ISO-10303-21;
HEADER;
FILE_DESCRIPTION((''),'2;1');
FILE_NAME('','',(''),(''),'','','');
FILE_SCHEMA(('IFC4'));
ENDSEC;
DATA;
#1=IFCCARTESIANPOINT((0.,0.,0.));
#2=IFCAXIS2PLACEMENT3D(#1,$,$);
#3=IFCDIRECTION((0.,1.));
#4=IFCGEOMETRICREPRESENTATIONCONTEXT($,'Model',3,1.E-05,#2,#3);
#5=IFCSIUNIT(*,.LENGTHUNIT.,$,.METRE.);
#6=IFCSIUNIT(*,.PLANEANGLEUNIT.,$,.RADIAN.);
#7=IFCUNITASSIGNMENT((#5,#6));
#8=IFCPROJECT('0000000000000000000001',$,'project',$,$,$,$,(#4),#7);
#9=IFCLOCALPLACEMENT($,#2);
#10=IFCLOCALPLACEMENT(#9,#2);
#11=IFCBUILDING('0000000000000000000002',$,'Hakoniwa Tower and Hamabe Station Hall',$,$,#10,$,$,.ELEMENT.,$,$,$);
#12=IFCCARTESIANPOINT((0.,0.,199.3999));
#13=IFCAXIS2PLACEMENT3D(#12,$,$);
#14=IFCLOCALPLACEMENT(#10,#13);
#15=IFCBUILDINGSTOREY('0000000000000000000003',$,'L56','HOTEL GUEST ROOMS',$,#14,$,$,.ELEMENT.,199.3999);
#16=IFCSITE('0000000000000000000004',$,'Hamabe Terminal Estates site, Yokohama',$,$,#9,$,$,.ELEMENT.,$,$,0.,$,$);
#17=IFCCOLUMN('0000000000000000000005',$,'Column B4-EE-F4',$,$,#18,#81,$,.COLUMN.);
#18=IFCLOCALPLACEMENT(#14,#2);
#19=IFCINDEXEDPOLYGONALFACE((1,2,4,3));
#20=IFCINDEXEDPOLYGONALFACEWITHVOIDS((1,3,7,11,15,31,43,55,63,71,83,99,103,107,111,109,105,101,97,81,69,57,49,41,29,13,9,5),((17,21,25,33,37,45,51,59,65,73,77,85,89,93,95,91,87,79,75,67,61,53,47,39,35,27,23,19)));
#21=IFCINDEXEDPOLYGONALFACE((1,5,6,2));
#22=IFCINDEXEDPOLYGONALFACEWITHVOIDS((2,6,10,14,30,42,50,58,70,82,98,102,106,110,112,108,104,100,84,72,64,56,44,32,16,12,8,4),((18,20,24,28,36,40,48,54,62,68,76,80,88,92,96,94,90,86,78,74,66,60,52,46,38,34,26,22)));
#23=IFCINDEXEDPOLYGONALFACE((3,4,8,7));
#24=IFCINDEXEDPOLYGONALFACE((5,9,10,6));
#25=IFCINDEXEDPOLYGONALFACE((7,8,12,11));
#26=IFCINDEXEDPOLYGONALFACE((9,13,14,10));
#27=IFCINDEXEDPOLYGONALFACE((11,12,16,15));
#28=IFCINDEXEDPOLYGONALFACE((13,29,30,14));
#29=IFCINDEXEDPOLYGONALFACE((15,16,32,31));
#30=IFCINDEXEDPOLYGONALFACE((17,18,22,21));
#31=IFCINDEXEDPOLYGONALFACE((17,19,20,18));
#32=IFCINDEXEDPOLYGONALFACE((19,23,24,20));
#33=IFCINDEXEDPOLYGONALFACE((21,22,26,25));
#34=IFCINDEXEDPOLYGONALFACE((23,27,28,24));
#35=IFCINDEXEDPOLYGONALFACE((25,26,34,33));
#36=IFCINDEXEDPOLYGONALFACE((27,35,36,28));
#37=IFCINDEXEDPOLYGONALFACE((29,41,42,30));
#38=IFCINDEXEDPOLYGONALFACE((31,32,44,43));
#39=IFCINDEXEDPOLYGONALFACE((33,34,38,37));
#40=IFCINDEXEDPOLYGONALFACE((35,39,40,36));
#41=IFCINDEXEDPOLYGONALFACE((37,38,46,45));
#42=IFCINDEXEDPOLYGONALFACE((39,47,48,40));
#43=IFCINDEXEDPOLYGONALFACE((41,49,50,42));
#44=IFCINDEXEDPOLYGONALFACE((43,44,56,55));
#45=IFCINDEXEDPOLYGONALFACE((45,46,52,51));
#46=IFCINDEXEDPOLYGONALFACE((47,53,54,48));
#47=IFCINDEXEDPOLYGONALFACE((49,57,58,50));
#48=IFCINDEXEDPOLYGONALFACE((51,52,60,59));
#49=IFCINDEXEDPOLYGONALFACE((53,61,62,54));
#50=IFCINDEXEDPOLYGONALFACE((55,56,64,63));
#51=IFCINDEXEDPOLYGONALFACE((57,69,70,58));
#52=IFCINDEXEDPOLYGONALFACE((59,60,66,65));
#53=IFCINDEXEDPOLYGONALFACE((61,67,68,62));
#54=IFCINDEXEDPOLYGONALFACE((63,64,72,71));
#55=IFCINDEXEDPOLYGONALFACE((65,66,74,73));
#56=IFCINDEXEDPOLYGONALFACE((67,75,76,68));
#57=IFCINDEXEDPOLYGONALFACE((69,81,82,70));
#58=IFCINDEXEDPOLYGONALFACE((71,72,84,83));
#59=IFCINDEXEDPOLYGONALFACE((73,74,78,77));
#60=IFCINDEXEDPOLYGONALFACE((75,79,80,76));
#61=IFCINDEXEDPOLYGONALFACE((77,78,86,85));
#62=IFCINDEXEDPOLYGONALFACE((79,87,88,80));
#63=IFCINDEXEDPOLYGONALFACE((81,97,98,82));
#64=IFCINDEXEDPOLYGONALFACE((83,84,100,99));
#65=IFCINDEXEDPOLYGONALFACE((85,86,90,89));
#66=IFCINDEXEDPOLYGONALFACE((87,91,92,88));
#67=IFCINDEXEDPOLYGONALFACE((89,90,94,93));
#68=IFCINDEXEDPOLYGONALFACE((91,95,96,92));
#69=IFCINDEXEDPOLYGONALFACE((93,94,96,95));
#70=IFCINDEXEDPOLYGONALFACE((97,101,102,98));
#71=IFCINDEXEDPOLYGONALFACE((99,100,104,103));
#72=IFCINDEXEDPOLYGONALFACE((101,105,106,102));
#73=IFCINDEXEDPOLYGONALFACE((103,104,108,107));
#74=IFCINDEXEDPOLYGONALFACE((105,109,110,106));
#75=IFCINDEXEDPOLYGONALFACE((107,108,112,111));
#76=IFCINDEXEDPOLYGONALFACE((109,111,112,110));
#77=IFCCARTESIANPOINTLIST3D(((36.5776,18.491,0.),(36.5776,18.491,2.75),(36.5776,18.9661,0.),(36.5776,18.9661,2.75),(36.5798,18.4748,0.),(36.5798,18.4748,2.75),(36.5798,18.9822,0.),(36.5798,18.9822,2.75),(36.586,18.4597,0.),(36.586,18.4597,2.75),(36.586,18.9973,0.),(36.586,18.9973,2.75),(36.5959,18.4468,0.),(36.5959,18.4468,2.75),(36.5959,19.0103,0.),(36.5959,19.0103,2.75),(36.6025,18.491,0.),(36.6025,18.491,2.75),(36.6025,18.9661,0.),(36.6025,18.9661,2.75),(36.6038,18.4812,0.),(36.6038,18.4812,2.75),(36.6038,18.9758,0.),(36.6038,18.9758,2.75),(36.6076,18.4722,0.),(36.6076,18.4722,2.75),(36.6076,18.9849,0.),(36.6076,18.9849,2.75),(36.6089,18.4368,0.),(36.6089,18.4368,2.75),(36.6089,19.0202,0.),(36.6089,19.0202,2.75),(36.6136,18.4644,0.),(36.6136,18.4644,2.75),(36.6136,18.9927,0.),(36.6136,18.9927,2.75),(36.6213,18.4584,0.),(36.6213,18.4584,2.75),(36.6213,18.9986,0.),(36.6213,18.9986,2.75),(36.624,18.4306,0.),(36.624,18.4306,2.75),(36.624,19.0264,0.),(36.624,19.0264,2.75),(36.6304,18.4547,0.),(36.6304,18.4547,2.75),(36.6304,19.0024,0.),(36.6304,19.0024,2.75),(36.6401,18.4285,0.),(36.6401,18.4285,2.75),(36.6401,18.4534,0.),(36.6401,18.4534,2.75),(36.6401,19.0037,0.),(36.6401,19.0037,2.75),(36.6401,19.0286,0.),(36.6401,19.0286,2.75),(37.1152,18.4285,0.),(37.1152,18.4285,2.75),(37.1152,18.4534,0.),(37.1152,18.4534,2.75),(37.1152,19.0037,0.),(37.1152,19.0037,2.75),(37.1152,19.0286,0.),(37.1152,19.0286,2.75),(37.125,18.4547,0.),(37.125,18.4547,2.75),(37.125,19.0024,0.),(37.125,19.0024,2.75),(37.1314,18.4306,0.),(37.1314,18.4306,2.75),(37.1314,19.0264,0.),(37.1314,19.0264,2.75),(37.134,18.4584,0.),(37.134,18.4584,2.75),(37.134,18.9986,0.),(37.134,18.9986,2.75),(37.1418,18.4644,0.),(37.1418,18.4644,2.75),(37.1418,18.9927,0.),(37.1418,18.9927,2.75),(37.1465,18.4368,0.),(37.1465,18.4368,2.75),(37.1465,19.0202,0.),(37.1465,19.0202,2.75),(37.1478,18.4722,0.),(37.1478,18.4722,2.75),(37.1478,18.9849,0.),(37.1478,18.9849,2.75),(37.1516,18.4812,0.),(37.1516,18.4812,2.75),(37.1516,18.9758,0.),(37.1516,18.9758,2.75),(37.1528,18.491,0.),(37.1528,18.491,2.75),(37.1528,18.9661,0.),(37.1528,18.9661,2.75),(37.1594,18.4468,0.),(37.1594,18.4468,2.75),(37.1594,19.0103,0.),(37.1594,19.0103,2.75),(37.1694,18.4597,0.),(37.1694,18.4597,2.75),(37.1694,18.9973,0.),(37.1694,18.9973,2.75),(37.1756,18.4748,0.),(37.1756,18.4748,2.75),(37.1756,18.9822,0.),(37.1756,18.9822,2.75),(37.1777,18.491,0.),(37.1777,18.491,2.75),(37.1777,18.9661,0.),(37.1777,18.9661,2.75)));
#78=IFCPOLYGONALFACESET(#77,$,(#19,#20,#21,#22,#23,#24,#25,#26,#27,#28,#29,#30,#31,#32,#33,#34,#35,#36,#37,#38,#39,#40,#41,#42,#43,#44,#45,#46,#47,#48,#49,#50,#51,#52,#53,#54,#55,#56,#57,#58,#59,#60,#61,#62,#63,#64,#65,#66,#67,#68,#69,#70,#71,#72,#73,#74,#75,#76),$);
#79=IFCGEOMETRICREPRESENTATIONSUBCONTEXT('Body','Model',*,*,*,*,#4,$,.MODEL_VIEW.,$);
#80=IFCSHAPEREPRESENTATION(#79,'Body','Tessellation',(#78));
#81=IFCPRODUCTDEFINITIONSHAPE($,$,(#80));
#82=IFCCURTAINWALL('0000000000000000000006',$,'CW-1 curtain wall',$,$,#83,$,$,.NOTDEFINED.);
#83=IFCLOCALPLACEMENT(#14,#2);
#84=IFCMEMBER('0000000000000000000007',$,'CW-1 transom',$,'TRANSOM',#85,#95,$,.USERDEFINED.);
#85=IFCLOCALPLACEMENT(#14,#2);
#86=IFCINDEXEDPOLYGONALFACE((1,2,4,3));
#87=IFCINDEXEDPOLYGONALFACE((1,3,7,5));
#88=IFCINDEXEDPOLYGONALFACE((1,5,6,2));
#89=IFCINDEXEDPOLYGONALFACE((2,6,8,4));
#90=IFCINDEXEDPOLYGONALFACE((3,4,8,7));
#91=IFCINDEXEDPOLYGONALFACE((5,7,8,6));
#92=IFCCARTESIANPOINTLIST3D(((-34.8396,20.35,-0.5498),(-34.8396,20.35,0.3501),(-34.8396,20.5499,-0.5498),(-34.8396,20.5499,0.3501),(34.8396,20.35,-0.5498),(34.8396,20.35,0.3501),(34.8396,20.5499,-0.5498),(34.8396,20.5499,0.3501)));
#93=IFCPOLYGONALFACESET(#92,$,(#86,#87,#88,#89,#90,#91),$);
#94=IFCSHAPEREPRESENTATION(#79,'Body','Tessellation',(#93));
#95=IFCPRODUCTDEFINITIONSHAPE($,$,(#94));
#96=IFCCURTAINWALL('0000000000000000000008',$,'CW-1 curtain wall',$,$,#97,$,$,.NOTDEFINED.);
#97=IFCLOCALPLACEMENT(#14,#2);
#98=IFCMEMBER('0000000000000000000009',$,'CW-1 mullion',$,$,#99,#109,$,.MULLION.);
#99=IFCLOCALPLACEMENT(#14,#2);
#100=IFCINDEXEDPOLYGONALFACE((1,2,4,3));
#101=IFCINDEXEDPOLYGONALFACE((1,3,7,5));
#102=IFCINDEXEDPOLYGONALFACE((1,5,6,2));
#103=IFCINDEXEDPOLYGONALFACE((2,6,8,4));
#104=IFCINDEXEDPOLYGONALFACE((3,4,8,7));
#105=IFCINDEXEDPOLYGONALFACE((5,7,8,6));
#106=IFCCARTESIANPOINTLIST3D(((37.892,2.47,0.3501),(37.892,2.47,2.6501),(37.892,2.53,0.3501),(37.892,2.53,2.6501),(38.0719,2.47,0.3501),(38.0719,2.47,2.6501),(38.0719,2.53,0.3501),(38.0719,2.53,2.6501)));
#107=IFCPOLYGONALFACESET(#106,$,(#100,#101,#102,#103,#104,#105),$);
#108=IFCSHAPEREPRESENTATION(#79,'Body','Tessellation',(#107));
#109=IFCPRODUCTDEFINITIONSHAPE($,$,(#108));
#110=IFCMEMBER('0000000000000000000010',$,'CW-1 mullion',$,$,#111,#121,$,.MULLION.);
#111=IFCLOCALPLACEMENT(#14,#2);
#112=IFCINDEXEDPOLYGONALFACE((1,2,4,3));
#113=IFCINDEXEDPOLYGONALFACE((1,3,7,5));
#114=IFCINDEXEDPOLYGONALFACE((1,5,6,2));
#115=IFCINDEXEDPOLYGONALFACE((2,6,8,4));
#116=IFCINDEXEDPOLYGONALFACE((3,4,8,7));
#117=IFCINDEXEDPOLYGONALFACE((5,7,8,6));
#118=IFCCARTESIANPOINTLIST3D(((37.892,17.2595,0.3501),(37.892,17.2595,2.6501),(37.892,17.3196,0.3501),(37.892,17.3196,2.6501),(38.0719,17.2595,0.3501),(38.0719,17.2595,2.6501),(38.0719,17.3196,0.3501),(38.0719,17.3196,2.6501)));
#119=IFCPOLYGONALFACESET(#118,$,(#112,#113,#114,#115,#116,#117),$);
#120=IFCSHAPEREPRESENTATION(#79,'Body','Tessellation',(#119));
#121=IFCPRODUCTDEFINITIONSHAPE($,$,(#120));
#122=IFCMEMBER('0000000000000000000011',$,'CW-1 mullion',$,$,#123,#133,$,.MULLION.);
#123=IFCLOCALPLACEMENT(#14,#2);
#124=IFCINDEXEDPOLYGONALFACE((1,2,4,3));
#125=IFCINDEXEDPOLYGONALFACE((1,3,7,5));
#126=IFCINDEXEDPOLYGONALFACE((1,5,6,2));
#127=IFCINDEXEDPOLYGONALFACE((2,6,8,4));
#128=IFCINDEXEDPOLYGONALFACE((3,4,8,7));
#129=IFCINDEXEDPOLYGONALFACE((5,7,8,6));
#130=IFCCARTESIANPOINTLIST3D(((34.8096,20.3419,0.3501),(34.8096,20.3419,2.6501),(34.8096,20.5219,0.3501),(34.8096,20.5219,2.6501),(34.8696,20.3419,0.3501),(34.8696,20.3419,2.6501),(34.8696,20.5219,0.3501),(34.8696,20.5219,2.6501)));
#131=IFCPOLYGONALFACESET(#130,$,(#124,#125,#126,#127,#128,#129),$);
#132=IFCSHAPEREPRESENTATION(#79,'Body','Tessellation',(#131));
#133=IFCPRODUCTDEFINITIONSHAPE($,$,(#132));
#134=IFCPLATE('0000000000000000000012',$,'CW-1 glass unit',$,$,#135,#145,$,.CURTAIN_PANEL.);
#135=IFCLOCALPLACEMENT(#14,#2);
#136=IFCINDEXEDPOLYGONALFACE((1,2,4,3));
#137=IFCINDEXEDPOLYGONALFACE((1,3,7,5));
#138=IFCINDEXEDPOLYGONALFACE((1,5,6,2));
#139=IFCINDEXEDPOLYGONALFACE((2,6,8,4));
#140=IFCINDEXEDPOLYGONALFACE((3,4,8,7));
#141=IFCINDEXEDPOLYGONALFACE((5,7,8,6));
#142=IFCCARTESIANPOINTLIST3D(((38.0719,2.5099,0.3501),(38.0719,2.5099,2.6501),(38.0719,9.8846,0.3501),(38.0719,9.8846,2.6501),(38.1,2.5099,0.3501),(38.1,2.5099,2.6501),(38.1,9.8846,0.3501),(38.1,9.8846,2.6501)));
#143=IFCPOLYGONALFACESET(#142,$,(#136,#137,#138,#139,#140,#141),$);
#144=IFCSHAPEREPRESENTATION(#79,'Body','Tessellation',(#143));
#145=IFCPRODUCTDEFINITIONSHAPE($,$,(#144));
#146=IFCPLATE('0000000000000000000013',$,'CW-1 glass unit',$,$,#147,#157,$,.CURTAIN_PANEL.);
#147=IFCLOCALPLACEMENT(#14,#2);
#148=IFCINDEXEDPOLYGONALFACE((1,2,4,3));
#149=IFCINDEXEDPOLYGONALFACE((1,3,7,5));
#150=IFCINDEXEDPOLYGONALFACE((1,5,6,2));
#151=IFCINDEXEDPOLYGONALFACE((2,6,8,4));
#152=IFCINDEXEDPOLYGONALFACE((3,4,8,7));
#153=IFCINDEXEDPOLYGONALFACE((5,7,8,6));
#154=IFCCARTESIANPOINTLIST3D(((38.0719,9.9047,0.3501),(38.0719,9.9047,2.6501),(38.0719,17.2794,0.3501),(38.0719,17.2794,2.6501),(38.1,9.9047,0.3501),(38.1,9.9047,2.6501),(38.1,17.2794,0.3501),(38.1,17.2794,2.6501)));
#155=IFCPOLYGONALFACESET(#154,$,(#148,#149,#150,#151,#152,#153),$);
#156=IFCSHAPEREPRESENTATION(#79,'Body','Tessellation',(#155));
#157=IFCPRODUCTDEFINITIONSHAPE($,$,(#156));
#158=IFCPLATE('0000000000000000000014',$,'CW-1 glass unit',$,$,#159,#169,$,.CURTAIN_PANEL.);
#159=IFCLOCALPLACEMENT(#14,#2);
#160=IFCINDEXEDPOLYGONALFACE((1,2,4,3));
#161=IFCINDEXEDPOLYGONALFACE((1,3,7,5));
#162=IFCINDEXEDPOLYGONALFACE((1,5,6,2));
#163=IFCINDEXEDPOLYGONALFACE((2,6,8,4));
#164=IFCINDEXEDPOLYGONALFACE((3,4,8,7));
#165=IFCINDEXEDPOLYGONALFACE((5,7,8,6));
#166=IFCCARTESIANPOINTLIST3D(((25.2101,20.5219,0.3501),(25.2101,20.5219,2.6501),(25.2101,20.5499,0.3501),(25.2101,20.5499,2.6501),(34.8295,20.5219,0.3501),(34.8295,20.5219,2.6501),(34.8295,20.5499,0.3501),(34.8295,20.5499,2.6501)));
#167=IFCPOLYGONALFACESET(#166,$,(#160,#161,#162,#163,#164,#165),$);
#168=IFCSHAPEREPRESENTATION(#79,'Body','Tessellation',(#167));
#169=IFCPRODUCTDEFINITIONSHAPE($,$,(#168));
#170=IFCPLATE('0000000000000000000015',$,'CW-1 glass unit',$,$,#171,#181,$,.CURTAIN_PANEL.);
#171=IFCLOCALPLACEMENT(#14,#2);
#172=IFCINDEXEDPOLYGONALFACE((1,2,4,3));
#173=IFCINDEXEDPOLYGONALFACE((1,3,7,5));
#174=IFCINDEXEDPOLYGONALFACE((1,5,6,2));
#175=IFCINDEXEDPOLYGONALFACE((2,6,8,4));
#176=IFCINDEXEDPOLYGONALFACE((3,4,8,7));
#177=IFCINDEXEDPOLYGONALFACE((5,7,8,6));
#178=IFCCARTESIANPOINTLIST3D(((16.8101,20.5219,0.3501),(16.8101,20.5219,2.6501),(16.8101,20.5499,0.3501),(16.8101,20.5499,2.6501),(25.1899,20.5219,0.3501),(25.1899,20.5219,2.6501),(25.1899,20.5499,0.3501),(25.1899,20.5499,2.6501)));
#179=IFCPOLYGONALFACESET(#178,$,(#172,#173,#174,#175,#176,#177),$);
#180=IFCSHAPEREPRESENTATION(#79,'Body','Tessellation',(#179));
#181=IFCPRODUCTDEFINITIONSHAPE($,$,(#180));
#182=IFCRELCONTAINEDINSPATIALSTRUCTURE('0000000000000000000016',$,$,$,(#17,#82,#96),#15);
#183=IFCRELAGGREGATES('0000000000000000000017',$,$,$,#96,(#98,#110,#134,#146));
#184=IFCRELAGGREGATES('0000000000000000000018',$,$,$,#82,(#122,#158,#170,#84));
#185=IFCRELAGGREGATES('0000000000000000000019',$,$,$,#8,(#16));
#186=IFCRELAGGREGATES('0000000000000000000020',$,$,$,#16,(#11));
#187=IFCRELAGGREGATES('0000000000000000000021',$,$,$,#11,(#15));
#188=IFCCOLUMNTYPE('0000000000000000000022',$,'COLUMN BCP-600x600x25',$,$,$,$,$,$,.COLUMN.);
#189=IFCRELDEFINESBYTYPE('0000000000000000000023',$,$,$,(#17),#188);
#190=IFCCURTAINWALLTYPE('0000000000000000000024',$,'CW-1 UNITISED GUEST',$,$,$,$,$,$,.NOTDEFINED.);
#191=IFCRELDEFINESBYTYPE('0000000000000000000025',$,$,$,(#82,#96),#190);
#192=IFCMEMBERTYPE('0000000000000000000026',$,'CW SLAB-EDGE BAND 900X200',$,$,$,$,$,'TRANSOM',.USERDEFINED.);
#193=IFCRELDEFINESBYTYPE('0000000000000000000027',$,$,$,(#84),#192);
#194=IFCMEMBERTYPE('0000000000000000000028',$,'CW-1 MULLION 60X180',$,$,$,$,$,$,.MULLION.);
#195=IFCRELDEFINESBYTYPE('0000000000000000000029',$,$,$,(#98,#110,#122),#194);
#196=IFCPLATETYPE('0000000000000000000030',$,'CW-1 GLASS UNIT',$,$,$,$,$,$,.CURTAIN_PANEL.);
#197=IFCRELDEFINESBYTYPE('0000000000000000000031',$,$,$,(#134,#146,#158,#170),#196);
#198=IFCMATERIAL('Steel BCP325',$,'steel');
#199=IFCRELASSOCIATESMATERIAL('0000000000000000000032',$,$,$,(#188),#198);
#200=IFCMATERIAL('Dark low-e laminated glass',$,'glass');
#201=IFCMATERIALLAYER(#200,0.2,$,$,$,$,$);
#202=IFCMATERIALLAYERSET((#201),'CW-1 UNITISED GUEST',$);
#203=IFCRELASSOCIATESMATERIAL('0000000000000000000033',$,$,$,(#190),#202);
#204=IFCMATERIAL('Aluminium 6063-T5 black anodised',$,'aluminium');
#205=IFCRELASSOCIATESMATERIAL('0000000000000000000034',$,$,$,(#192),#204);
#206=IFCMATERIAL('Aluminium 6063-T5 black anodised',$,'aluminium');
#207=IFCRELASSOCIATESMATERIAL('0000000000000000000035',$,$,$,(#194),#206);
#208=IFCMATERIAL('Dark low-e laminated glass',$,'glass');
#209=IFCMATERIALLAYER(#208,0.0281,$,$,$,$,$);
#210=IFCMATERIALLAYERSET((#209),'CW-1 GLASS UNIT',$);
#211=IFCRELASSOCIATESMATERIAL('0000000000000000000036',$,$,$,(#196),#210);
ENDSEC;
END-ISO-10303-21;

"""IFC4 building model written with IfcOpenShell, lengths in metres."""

from ifc_helpers import new_model, si_unit, direction, frame, origin, origin_2d, place, context, subcontext, project, spatial, rectangle, hollow_rectangle, extrude, material, layer, layer_set, material_profile, profile_set, type_object, element, aggregate, save


model = new_model("IFC4")

# Units and contexts
model_context = context("Model", 3, precision=1e-05, world=origin(), true_north=direction((0.0, 1.0)))
body_context = subcontext(model_context, "Body", "Model", "MODEL_VIEW")
ifc_project = project(units=[si_unit("LENGTHUNIT", "METRE"), si_unit("PLANEANGLEUNIT", "RADIAN")], contexts=[model_context])

# Site, building, storey
site_placement = place(None, origin())
site = spatial("IfcSite", under=ifc_project, at=site_placement, Name="Hamabe Terminal Estates site, Yokohama", CompositionType="ELEMENT", RefElevation=0.0)
building_placement = place(site_placement, origin())
building = spatial("IfcBuilding", under=site, at=building_placement, Name="Hakoniwa Tower and Hamabe Station Hall", CompositionType="ELEMENT")
storey_placement = place(building_placement, frame((0.0, 0.0, 199.3999)))
storey = spatial("IfcBuildingStorey", under=building, at=storey_placement, Name="L56", Description="HOTEL GUEST ROOMS", CompositionType="ELEMENT", Elevation=199.3999)

# Column
ifc_material_1 = material(Name="Steel BCP325", Category="steel")
ifc_material_profile_1 = material_profile(ifc_material_1, hollow_rectangle(XDim=0.6001, YDim=0.6001, WallThickness=0.0249, InnerFilletRadius=0.0376, OuterFilletRadius=0.0625, at=origin_2d()), Name="BCP-600x600x25")
ifc_profile_set_1 = profile_set([ifc_material_profile_1], Name="Steel BCP325")
column_type = type_object("IfcColumnType", Name="COLUMN BCP-600x600x25", PredefinedType="COLUMN", material=ifc_profile_set_1)
for number, where, z_axis, x_axis, name in (
    (1, (36.8777, 18.7285, 0.0), (0.0, 0.0, 1.0), (1.0, 0.0, 0.0), "Column B4-EE-F4"),
):
    element("IfcColumn", number, at=place(storey_placement, frame(where, z_axis=z_axis, x_axis=x_axis)), inside=storey, type_object=column_type, Name=name, PredefinedType="COLUMN", context=body_context, shape_type="SweptSolid", body=[
        extrude(hollow_rectangle(XDim=0.6001, YDim=0.6001, WallThickness=0.0249, InnerFilletRadius=0.0376, OuterFilletRadius=0.0625, at=origin_2d()), origin(), (0.0, 0.0, 1.0), 2.75),
    ])

# Curtain wall, member
ifc_material_2 = material(Name="Dark low-e laminated glass", Category="glass")
ifc_layer_1 = layer(ifc_material_2, 0.2)
ifc_layer_set_1 = layer_set([ifc_layer_1], Name="CW-1 UNITISED GUEST")
curtain_wall_type = type_object("IfcCurtainWallType", Name="CW-1 UNITISED GUEST", PredefinedType="NOTDEFINED", material=ifc_layer_set_1)
curtain_wall_1_placement = place(storey_placement, origin())
curtain_wall_1 = element("IfcCurtainWall", 2, at=curtain_wall_1_placement, inside=storey, type_object=curtain_wall_type, Name="CW-1 curtain wall", PredefinedType="NOTDEFINED")
ifc_material_3 = material(Name="Aluminium 6063-T5 black anodised", Category="aluminium")
ifc_material_profile_2 = material_profile(ifc_material_3, rectangle(XDim=0.2, YDim=0.8999, at=origin_2d()), Name="CW SLAB-EDGE BAND 900X200")
ifc_profile_set_2 = profile_set([ifc_material_profile_2], Name="Aluminium 6063-T5 black anodised")
member_type_1 = type_object("IfcMemberType", Name="CW SLAB-EDGE BAND 900X200", ElementType="TRANSOM", PredefinedType="USERDEFINED", material=ifc_profile_set_2)
member_1_placement = place(storey_placement, frame((34.8396, 20.45, -0.0999), z_axis=(-1.0, 0.0, 0.0), x_axis=(0.0, -1.0, 0.0)))
member_1 = element("IfcMember", 3, at=member_1_placement, type_object=member_type_1, Name="CW-1 transom", ObjectType="TRANSOM", PredefinedType="USERDEFINED", context=body_context, shape_type="SweptSolid", body=[
    extrude(rectangle(XDim=0.2, YDim=0.8999, at=origin_2d()), origin(), (0.0, 0.0, 1.0), 69.6792),
])

# Curtain wall, members
curtain_wall_2_placement = place(storey_placement, origin())
curtain_wall_2 = element("IfcCurtainWall", 4, at=curtain_wall_2_placement, inside=storey, type_object=curtain_wall_type, Name="CW-1 curtain wall", PredefinedType="NOTDEFINED")
ifc_material_4 = material(Name="Aluminium 6063-T5 black anodised", Category="aluminium")
ifc_material_profile_3 = material_profile(ifc_material_4, rectangle(XDim=0.0601, YDim=0.1799, at=origin_2d()), Name="CW-1 MULLION 60X180")
ifc_profile_set_3 = profile_set([ifc_material_profile_3], Name="Aluminium 6063-T5 black anodised")
member_type_2 = type_object("IfcMemberType", Name="CW-1 MULLION 60X180", PredefinedType="MULLION", material=ifc_profile_set_3)
member_2_placement = place(storey_placement, frame((37.9819, 2.5, 0.3501), z_axis=(0.0, 0.0, 1.0), x_axis=(0.0, 1.0, 0.0)))
member_2 = element("IfcMember", 5, at=member_2_placement, type_object=member_type_2, Name="CW-1 mullion", PredefinedType="MULLION", context=body_context, shape_type="SweptSolid", body=[
    extrude(rectangle(XDim=0.0601, YDim=0.1799, at=origin_2d()), origin(), (0.0, 0.0, 1.0), 2.3),
])
member_3_placement = place(storey_placement, frame((37.9819, 17.2896, 0.3501), z_axis=(0.0, 0.0, 1.0), x_axis=(0.0, 1.0, 0.0)))
member_3 = element("IfcMember", 6, at=member_3_placement, type_object=member_type_2, Name="CW-1 mullion", PredefinedType="MULLION", context=body_context, shape_type="SweptSolid", body=[
    extrude(rectangle(XDim=0.0601, YDim=0.1799, at=origin_2d()), origin(), (0.0, 0.0, 1.0), 2.3),
])

# Member
member_4_placement = place(storey_placement, frame((34.8396, 20.4319, 0.3501), z_axis=(0.0, 0.0, 1.0), x_axis=(-1.0, 0.0, 0.0)))
member_4 = element("IfcMember", 7, at=member_4_placement, type_object=member_type_2, Name="CW-1 mullion", PredefinedType="MULLION", context=body_context, shape_type="SweptSolid", body=[
    extrude(rectangle(XDim=0.0601, YDim=0.1799, at=origin_2d()), origin(), (0.0, 0.0, 1.0), 2.3),
])

# Plates
ifc_material_5 = material(Name="Dark low-e laminated glass", Category="glass")
ifc_layer_2 = layer(ifc_material_5, 0.0281)
ifc_layer_set_2 = layer_set([ifc_layer_2], Name="CW-1 GLASS UNIT")
plate_type = type_object("IfcPlateType", Name="CW-1 GLASS UNIT", PredefinedType="CURTAIN_PANEL", material=ifc_layer_set_2)
plate_1_placement = place(storey_placement, frame((38.0859, 6.1973, 0.3501), z_axis=(0.0, 0.0, 1.0), x_axis=(0.0, 1.0, 0.0)))
plate_1 = element("IfcPlate", 8, at=plate_1_placement, type_object=plate_type, Name="CW-1 glass unit", PredefinedType="CURTAIN_PANEL", context=body_context, shape_type="SweptSolid", body=[
    extrude(rectangle(XDim=7.3748, YDim=0.0281, at=origin_2d()), origin(), (0.0, 0.0, 1.0), 2.3),
])
plate_2_placement = place(storey_placement, frame((38.0859, 13.592, 0.3501), z_axis=(0.0, 0.0, 1.0), x_axis=(0.0, 1.0, 0.0)))
plate_2 = element("IfcPlate", 9, at=plate_2_placement, type_object=plate_type, Name="CW-1 glass unit", PredefinedType="CURTAIN_PANEL", context=body_context, shape_type="SweptSolid", body=[
    extrude(rectangle(XDim=7.3748, YDim=0.0281, at=origin_2d()), origin(), (0.0, 0.0, 1.0), 2.3),
])
aggregate(curtain_wall_2, [member_2, member_3, plate_1, plate_2])
plate_3_placement = place(storey_placement, frame((30.0198, 20.5359, 0.3501), z_axis=(0.0, 0.0, 1.0), x_axis=(-1.0, 0.0, 0.0)))
plate_3 = element("IfcPlate", 10, at=plate_3_placement, type_object=plate_type, Name="CW-1 glass unit", PredefinedType="CURTAIN_PANEL", context=body_context, shape_type="SweptSolid", body=[
    extrude(rectangle(XDim=9.6194, YDim=0.0281, at=origin_2d()), origin(), (0.0, 0.0, 1.0), 2.3),
])
plate_4_placement = place(storey_placement, frame((21.0, 20.5359, 0.3501), z_axis=(0.0, 0.0, 1.0), x_axis=(-1.0, 0.0, 0.0)))
plate_4 = element("IfcPlate", 11, at=plate_4_placement, type_object=plate_type, Name="CW-1 glass unit", PredefinedType="CURTAIN_PANEL", context=body_context, shape_type="SweptSolid", body=[
    extrude(rectangle(XDim=8.3799, YDim=0.0281, at=origin_2d()), origin(), (0.0, 0.0, 1.0), 2.3),
])
aggregate(curtain_wall_1, [member_4, plate_3, plate_4, member_1])

save(model, "model.ifc")
